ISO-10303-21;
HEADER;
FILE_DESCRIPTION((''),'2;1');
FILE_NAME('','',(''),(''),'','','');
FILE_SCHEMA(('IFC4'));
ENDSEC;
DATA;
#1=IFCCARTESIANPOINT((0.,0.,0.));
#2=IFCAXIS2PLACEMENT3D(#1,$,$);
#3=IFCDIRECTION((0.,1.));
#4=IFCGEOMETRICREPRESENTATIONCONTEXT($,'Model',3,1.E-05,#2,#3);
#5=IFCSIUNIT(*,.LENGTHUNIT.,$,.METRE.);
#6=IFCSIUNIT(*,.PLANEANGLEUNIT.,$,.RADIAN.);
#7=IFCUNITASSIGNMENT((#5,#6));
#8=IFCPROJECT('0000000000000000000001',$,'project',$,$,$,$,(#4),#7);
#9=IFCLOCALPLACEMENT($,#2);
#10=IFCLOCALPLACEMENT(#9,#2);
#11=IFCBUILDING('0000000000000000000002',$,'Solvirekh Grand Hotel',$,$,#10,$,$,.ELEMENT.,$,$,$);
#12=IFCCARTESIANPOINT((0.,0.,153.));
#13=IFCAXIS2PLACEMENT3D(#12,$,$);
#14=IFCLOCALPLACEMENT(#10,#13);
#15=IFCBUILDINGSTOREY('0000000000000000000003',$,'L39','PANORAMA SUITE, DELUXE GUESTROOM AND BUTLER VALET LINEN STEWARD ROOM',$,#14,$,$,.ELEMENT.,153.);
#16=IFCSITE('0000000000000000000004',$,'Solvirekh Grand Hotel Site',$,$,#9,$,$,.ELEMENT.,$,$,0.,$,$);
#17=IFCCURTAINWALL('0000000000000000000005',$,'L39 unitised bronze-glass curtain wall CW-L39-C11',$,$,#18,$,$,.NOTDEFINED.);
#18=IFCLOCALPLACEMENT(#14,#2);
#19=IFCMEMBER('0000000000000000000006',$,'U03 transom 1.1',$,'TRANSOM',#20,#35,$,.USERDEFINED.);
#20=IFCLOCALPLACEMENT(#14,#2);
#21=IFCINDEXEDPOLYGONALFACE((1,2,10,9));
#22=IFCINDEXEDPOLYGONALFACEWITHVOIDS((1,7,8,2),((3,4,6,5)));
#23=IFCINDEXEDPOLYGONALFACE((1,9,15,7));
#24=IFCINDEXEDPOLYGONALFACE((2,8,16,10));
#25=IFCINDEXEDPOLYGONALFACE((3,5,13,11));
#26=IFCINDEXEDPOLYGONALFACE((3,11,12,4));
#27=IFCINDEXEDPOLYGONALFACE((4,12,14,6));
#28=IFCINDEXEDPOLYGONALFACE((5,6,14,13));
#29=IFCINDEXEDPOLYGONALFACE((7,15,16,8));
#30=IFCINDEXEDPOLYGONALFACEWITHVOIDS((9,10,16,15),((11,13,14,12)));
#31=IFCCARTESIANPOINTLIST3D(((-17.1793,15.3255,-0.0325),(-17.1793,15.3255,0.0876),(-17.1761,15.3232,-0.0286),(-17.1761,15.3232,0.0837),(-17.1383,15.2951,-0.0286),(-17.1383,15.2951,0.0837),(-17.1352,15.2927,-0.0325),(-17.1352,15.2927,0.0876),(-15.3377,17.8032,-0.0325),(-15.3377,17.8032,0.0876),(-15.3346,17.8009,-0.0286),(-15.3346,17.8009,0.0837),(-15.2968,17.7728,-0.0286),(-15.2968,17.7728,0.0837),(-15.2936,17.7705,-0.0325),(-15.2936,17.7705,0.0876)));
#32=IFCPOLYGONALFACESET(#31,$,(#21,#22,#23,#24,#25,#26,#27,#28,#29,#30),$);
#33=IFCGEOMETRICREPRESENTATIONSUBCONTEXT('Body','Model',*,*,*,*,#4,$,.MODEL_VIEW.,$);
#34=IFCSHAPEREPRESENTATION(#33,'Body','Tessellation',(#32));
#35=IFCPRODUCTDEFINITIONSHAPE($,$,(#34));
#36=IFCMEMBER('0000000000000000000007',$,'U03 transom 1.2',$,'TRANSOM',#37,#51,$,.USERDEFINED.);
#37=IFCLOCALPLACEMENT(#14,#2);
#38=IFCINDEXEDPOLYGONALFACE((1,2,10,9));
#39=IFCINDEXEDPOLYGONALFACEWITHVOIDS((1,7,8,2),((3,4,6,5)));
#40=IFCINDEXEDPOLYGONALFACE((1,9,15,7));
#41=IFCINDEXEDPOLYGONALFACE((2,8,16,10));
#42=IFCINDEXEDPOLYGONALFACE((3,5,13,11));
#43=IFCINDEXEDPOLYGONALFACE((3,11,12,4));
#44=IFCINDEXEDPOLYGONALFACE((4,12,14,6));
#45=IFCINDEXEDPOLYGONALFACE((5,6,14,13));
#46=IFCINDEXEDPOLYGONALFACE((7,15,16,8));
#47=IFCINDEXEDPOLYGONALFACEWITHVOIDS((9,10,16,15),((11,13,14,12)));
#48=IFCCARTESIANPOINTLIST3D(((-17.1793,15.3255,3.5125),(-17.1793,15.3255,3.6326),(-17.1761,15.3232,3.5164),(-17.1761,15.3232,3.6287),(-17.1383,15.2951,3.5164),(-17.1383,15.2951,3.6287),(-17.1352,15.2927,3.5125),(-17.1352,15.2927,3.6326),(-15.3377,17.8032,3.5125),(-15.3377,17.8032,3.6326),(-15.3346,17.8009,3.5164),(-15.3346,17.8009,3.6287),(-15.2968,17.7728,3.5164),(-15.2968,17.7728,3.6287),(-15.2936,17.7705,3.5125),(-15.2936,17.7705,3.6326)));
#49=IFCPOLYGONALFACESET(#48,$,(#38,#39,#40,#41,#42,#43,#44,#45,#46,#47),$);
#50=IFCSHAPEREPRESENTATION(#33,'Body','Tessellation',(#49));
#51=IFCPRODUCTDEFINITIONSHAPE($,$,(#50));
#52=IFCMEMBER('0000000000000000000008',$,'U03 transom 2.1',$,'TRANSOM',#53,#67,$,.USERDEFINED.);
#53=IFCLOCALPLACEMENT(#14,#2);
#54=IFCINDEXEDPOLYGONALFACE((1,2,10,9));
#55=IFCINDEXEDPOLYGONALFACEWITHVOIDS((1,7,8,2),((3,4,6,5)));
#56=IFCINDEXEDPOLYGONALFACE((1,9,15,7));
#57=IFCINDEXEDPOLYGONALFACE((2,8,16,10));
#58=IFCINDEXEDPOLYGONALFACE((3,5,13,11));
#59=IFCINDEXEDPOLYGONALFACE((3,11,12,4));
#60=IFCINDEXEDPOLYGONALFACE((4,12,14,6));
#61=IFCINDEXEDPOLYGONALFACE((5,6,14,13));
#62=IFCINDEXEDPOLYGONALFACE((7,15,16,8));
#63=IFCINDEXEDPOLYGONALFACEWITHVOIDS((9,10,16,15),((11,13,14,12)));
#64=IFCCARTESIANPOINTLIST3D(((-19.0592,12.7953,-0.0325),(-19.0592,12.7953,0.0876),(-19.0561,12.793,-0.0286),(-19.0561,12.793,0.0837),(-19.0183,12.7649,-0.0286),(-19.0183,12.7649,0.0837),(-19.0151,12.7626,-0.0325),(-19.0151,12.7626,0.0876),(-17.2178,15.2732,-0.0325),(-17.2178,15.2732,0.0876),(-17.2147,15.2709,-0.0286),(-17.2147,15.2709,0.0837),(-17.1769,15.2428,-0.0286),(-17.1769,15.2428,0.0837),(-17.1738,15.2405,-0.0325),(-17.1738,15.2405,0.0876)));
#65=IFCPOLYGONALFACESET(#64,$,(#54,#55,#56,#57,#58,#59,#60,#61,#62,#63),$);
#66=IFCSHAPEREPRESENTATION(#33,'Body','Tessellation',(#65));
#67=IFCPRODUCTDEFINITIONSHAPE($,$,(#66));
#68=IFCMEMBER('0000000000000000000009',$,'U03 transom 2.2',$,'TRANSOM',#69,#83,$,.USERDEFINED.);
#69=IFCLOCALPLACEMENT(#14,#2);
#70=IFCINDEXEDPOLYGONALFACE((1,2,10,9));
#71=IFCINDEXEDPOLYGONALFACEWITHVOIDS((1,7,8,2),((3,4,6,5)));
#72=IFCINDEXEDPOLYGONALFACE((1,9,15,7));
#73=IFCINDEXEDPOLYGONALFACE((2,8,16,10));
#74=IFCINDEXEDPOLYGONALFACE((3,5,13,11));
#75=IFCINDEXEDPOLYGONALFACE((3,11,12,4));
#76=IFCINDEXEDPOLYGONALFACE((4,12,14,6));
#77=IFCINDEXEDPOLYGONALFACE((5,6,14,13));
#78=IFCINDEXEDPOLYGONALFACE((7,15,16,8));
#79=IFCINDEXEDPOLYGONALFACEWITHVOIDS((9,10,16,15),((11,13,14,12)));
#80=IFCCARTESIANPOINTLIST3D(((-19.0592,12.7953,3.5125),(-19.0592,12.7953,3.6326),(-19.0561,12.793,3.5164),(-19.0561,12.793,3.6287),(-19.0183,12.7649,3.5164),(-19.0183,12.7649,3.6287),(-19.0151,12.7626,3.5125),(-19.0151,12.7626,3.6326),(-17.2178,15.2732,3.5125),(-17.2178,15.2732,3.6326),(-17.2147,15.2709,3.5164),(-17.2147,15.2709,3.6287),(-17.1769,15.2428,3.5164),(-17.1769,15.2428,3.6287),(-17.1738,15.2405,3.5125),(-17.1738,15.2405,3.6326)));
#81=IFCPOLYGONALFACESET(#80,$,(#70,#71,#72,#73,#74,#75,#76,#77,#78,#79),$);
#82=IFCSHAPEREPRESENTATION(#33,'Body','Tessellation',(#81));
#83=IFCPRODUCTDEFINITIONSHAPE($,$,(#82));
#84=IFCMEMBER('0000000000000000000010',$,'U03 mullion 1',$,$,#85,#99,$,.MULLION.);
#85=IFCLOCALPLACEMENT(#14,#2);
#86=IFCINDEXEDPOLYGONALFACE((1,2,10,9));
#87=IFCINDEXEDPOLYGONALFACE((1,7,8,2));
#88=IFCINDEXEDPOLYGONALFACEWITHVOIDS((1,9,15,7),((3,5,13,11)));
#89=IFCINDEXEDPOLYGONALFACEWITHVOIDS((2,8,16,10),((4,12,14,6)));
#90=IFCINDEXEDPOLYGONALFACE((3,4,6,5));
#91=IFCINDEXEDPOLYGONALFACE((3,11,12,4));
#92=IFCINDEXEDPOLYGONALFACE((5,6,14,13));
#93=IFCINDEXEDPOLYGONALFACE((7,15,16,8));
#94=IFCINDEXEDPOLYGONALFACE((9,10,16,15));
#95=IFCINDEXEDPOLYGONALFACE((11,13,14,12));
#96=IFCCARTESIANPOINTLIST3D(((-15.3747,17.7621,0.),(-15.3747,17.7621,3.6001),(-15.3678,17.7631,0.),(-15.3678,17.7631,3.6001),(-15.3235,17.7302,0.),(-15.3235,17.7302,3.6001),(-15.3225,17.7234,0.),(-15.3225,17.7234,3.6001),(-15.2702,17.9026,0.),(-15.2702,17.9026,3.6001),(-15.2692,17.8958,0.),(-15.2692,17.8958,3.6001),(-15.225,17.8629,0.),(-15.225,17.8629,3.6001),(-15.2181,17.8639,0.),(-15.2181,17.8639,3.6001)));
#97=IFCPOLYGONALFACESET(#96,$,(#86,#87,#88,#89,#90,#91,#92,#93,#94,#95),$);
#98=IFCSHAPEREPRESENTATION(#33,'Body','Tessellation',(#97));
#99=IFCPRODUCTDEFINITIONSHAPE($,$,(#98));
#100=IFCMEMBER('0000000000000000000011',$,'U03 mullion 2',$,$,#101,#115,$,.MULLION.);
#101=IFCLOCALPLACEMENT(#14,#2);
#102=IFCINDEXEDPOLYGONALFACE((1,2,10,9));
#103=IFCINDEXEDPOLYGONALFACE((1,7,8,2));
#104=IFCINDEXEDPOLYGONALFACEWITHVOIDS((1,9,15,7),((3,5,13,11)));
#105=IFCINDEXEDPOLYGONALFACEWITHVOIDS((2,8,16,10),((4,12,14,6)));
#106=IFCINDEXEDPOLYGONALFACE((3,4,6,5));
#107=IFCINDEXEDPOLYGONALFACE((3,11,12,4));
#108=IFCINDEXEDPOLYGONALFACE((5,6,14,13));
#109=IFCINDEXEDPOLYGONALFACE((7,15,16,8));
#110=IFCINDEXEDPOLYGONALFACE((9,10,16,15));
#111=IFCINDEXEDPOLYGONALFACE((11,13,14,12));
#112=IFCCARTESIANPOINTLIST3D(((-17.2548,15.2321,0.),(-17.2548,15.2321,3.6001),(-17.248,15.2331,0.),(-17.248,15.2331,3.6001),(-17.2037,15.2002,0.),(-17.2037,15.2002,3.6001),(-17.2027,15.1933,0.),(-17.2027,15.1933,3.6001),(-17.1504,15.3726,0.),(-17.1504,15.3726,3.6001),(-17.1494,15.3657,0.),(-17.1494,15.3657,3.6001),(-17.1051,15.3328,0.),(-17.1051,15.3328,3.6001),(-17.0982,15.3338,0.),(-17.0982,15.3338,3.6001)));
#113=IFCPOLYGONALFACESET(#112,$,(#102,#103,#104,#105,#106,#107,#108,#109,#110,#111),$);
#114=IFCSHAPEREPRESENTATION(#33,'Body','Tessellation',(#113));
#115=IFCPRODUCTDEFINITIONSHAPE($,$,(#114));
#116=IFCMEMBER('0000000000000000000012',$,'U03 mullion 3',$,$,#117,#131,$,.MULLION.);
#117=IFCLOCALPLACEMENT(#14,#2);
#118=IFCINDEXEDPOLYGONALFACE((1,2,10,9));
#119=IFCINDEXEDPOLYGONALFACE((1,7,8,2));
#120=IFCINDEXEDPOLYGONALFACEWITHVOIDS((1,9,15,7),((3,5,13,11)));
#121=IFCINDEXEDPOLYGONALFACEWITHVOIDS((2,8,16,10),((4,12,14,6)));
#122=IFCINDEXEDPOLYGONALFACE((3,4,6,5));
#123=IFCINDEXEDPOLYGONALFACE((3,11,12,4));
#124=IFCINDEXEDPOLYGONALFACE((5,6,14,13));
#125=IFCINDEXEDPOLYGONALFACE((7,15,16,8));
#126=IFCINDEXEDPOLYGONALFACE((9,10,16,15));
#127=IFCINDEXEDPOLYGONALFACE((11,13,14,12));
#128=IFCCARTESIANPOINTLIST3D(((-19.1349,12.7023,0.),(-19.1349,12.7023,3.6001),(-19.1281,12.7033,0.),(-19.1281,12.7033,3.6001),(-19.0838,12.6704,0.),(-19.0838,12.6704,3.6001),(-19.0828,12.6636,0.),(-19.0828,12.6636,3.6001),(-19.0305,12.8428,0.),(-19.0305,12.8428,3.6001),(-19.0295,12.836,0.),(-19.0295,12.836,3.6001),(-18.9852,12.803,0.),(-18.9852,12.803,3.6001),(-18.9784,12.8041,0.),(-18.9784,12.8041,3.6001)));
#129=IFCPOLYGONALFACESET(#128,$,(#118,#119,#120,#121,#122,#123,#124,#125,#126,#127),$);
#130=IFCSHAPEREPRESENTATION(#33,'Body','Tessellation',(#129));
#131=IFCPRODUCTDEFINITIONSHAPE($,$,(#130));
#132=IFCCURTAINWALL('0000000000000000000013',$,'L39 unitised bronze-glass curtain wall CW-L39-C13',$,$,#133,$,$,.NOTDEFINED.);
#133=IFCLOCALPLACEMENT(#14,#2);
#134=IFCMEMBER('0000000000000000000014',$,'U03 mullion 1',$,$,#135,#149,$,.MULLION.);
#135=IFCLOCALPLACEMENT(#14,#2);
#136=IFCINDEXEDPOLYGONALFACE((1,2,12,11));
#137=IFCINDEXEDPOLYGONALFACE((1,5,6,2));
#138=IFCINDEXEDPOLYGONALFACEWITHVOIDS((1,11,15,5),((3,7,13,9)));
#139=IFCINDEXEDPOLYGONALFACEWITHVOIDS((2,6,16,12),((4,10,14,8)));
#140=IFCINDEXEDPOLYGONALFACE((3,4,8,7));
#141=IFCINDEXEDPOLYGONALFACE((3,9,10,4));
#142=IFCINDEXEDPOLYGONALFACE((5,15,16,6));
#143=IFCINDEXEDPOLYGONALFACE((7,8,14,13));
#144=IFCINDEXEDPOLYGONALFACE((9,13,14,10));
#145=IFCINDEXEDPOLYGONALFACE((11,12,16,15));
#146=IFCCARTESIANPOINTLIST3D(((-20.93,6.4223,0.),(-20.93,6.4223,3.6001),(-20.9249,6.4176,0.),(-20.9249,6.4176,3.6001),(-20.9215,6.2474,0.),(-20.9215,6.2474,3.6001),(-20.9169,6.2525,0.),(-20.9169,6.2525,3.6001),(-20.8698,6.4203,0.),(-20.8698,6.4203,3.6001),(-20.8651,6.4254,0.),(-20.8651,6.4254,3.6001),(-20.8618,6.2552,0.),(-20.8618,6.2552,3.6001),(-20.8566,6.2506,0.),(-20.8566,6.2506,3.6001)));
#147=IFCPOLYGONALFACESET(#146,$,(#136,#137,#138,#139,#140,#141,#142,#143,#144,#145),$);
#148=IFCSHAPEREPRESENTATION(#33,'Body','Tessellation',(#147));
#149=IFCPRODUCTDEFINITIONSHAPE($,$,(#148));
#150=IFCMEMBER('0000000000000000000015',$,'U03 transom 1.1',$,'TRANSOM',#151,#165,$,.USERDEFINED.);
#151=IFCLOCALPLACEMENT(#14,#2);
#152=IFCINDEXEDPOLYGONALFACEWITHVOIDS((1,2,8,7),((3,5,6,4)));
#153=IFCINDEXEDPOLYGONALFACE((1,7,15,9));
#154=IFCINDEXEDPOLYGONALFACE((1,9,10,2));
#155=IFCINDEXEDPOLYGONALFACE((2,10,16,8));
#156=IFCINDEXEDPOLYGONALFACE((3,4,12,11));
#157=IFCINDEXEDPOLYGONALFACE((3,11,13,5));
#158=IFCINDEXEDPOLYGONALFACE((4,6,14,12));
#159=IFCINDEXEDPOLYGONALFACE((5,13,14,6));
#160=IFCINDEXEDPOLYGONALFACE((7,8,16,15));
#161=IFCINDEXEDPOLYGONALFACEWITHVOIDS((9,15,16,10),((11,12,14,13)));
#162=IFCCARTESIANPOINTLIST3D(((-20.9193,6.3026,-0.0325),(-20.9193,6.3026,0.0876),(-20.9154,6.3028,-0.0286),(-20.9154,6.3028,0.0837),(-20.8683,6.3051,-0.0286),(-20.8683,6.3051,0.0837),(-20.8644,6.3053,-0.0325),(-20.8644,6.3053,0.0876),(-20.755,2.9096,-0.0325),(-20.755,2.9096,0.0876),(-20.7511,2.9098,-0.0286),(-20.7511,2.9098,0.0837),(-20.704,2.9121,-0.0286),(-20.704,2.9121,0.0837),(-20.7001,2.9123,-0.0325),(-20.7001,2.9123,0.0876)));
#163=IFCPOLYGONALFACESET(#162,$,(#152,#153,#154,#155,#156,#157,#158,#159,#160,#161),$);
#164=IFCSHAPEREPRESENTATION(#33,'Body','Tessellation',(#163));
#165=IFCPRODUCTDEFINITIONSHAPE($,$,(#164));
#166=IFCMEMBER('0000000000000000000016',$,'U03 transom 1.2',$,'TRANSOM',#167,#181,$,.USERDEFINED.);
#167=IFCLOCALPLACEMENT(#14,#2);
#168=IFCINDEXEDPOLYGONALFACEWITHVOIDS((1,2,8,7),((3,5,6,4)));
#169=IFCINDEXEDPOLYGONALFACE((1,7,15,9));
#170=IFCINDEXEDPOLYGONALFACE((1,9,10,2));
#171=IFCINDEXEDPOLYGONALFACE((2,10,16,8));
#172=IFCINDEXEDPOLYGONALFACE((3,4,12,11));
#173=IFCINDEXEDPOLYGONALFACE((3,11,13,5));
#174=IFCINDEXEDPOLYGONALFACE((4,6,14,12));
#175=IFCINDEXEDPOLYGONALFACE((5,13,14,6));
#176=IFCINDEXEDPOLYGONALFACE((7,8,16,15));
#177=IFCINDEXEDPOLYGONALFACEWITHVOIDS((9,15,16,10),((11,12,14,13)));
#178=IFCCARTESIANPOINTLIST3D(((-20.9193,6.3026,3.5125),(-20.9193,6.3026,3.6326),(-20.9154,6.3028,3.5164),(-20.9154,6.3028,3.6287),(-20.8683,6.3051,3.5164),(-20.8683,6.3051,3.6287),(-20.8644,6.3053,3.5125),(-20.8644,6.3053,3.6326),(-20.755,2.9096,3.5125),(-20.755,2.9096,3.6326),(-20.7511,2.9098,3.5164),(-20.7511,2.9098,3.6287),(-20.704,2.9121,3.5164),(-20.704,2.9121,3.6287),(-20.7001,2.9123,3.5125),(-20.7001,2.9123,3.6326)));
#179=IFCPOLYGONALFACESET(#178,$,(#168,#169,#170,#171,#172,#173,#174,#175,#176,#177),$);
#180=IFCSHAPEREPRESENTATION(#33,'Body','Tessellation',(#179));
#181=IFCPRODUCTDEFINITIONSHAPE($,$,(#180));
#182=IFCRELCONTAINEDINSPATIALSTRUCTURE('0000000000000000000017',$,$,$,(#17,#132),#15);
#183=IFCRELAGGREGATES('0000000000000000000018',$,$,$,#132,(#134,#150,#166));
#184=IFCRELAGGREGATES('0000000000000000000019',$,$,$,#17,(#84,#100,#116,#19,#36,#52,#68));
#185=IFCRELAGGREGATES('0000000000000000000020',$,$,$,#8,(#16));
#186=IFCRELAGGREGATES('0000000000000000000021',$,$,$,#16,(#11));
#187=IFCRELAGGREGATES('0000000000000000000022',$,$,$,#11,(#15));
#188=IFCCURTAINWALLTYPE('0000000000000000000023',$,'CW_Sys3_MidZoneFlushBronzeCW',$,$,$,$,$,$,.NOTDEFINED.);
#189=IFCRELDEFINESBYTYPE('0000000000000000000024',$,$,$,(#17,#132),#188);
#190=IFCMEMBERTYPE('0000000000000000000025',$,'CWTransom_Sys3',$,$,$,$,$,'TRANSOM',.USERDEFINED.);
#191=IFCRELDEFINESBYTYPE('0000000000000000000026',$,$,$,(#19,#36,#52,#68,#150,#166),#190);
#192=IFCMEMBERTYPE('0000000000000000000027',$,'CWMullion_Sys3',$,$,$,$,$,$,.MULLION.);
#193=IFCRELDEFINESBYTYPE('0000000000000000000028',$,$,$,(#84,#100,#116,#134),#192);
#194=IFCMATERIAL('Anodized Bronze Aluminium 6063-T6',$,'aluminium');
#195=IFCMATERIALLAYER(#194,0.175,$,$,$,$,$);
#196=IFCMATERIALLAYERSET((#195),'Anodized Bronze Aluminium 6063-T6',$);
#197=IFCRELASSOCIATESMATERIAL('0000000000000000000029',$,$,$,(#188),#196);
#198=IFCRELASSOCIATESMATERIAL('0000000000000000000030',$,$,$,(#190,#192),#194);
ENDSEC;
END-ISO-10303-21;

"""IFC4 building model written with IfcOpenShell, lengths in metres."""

from ifc_helpers import new_model, si_unit, direction, frame, origin, origin_2d, place, context, subcontext, project, spatial, hollow_rectangle, extrude, source, transform, mapped, material, layer, layer_set, material_profile, profile_set, type_object, element, aggregate, save


model = new_model("IFC4")

# Units and contexts
model_context = context("Model", 3, precision=1e-05, world=origin(), true_north=direction((0.0, 1.0)))
body_context = subcontext(model_context, "Body", "Model", "MODEL_VIEW")
ifc_project = project(units=[si_unit("LENGTHUNIT", "METRE"), si_unit("PLANEANGLEUNIT", "RADIAN")], contexts=[model_context])

# Site, building, storey
site_placement = place(None, origin())
site = spatial("IfcSite", under=ifc_project, at=site_placement, Name="Solvirekh Grand Hotel Site", CompositionType="ELEMENT", RefElevation=0.0)
building_placement = place(site_placement, origin())
building = spatial("IfcBuilding", under=site, at=building_placement, Name="Solvirekh Grand Hotel", CompositionType="ELEMENT")
storey_placement = place(building_placement, frame((0.0, 0.0, 153.0)))
storey = spatial("IfcBuildingStorey", under=building, at=storey_placement, Name="L39", Description="PANORAMA SUITE, DELUXE GUESTROOM AND BUTLER VALET LINEN STEWARD ROOM", CompositionType="ELEMENT", Elevation=153.0)

# Curtain walls, members
ifc_material_1 = material(Name="Anodized Bronze Aluminium 6063-T6", Category="aluminium")
ifc_layer_1 = layer(ifc_material_1, 0.175)
ifc_layer_set_1 = layer_set([ifc_layer_1], Name="Anodized Bronze Aluminium 6063-T6")
curtain_wall_type = type_object("IfcCurtainWallType", Name="CW_Sys3_MidZoneFlushBronzeCW", PredefinedType="NOTDEFINED", material=ifc_layer_set_1)
curtain_wall_1_placement = place(storey_placement, origin())
curtain_wall_1 = element("IfcCurtainWall", 1, at=curtain_wall_1_placement, inside=storey, type_object=curtain_wall_type, Name="L39 unitised bronze-glass curtain wall CW-L39-C11", PredefinedType="NOTDEFINED")
ifc_material_profile_1 = material_profile(ifc_material_1, hollow_rectangle(XDim=0.0549, YDim=0.1201, WallThickness=0.0039, at=origin_2d()), Name="ALU RHS 120X55X4")
ifc_profile_set_1 = profile_set([ifc_material_profile_1], Name="Anodized Bronze Aluminium 6063-T6")
member_type_1 = type_object("IfcMemberType", Name="CWTransom_Sys3", ElementType="TRANSOM", PredefinedType="USERDEFINED", material=ifc_profile_set_1)
shared_shape_1 = source(origin(), body_context, "Body", "SweptSolid", [
    extrude(hollow_rectangle(XDim=0.0549, YDim=0.1201, WallThickness=0.0039, at=origin_2d()), origin(), (0.0, 0.0, 1.0), 3.0872),
])
member_1_placement = place(storey_placement, frame((-15.3157, 17.7869, 0.0276), z_axis=(-0.596515, -0.802602, 0.0), x_axis=(0.802602, -0.596515, 0.0)))
member_1 = element("IfcMember", 2, at=member_1_placement, type_object=member_type_1, Name="U03 transom 1.1", ObjectType="TRANSOM", PredefinedType="USERDEFINED", context=body_context, shape_type="MappedRepresentation", body=[
    mapped(shared_shape_1, transform((0.0, 0.0, 0.0), x_axis=(1.0, 0.0, 0.0), y_axis=(0.0, 1.0, 0.0), z_axis=(0.0, 0.0, 1.0), scale=1.0)),
])
member_2_placement = place(storey_placement, frame((-15.3157, 17.7869, 3.5725), z_axis=(-0.596515, -0.802602, 0.0), x_axis=(0.802602, -0.596515, 0.0)))
member_2 = element("IfcMember", 3, at=member_2_placement, type_object=member_type_1, Name="U03 transom 1.2", ObjectType="TRANSOM", PredefinedType="USERDEFINED", context=body_context, shape_type="MappedRepresentation", body=[
    mapped(shared_shape_1, transform((0.0, 0.0, 0.0), x_axis=(1.0, 0.0, 0.0), y_axis=(0.0, 1.0, 0.0), z_axis=(0.0, 0.0, 1.0), scale=1.0)),
])
member_3_placement = place(storey_placement, frame((-17.1958, 15.2568, 0.0276), z_axis=(-0.596464, -0.80264, 0.0), x_axis=(0.80264, -0.596464, 0.0)))
member_3 = element("IfcMember", 4, at=member_3_placement, type_object=member_type_1, Name="U03 transom 2.1", ObjectType="TRANSOM", PredefinedType="USERDEFINED", context=body_context, shape_type="MappedRepresentation", body=[
    mapped(shared_shape_1, transform((0.0, 0.0, 0.0), x_axis=(1.0, 0.0, 0.0), y_axis=(0.0, 1.0, 0.0), z_axis=(0.0, 0.0, 1.0), scale=1.0)),
])
member_4_placement = place(storey_placement, frame((-17.1958, 15.2568, 3.5725), z_axis=(-0.596464, -0.80264, 0.0), x_axis=(0.80264, -0.596464, 0.0)))
member_4 = element("IfcMember", 5, at=member_4_placement, type_object=member_type_1, Name="U03 transom 2.2", ObjectType="TRANSOM", PredefinedType="USERDEFINED", context=body_context, shape_type="MappedRepresentation", body=[
    mapped(shared_shape_1, transform((0.0, 0.0, 0.0), x_axis=(1.0, 0.0, 0.0), y_axis=(0.0, 1.0, 0.0), z_axis=(0.0, 0.0, 1.0), scale=1.0)),
])
ifc_material_profile_2 = material_profile(ifc_material_1, hollow_rectangle(XDim=0.0649, YDim=0.175, WallThickness=0.0049, at=origin_2d()), Name="ALU RHS 175X65X5")
ifc_profile_set_2 = profile_set([ifc_material_profile_2], Name="Anodized Bronze Aluminium 6063-T6")
member_type_2 = type_object("IfcMemberType", Name="CWMullion_Sys3", PredefinedType="MULLION", material=ifc_profile_set_2)
shared_shape_2 = source(origin(), body_context, "Body", "SweptSolid", [
    extrude(hollow_rectangle(XDim=0.0649, YDim=0.175, WallThickness=0.0049, at=origin_2d()), origin(), (0.0, 0.0, 1.0), 3.6001),
])
member_5_placement = place(storey_placement, frame((-15.2964, 17.813, 0.0), z_axis=(0.0, 0.0, 1.0), x_axis=(0.80263, -0.596477, 0.0)))
member_5 = element("IfcMember", 6, at=member_5_placement, type_object=member_type_2, Name="U03 mullion 1", PredefinedType="MULLION", context=body_context, shape_type="MappedRepresentation", body=[
    mapped(shared_shape_2, transform((0.0, 0.0, 0.0), x_axis=(1.0, 0.0, 0.0), y_axis=(0.0, 1.0, 0.0), z_axis=(0.0, 0.0, 1.0), scale=1.0)),
])
member_6_placement = place(storey_placement, frame((-17.1765, 15.283, 0.0), z_axis=(0.0, 0.0, 1.0), x_axis=(0.80263, -0.596477, 0.0)))
member_6 = element("IfcMember", 7, at=member_6_placement, type_object=member_type_2, Name="U03 mullion 2", PredefinedType="MULLION", context=body_context, shape_type="MappedRepresentation", body=[
    mapped(shared_shape_2, transform((0.0, 0.0, 0.0), x_axis=(1.0, 0.0, 0.0), y_axis=(0.0, 1.0, 0.0), z_axis=(0.0, 0.0, 1.0), scale=1.0)),
])
member_7_placement = place(storey_placement, frame((-19.0566, 12.7532, 0.0), z_axis=(0.0, 0.0, 1.0), x_axis=(0.80263, -0.596477, 0.0)))
member_7 = element("IfcMember", 8, at=member_7_placement, type_object=member_type_2, Name="U03 mullion 3", PredefinedType="MULLION", context=body_context, shape_type="MappedRepresentation", body=[
    mapped(shared_shape_2, transform((0.0, 0.0, 0.0), x_axis=(1.0, 0.0, 0.0), y_axis=(0.0, 1.0, 0.0), z_axis=(0.0, 0.0, 1.0), scale=1.0)),
])
curtain_wall_2_placement = place(storey_placement, origin())
curtain_wall_2 = element("IfcCurtainWall", 9, at=curtain_wall_2_placement, inside=storey, type_object=curtain_wall_type, Name="L39 unitised bronze-glass curtain wall CW-L39-C13", PredefinedType="NOTDEFINED")
member_8_placement = place(storey_placement, frame((-20.8933, 6.3364, 0.0), z_axis=(0.0, 0.0, 1.0), x_axis=(0.99883, 0.04836, 0.0)))
member_8 = element("IfcMember", 10, at=member_8_placement, type_object=member_type_2, Name="U03 mullion 1", PredefinedType="MULLION", context=body_context, shape_type="MappedRepresentation", body=[
    mapped(shared_shape_2, transform((0.0, 0.0, 0.0), x_axis=(1.0, 0.0, 0.0), y_axis=(0.0, 1.0, 0.0), z_axis=(0.0, 0.0, 1.0), scale=1.0)),
])
shared_shape_3 = source(origin(), body_context, "Body", "SweptSolid", [
    extrude(hollow_rectangle(XDim=0.0549, YDim=0.1201, WallThickness=0.0039, at=origin_2d()), origin(), (0.0, 0.0, 1.0), 3.397),
])
member_9_placement = place(storey_placement, frame((-20.8918, 6.304, 0.0276), z_axis=(0.048368, -0.99883, 0.0), x_axis=(0.99883, 0.048368, 0.0)))
member_9 = element("IfcMember", 11, at=member_9_placement, type_object=member_type_1, Name="U03 transom 1.1", ObjectType="TRANSOM", PredefinedType="USERDEFINED", context=body_context, shape_type="MappedRepresentation", body=[
    mapped(shared_shape_3, transform((0.0, 0.0, 0.0), x_axis=(1.0, 0.0, 0.0), y_axis=(0.0, 1.0, 0.0), z_axis=(0.0, 0.0, 1.0), scale=1.0)),
])
member_10_placement = place(storey_placement, frame((-20.8918, 6.304, 3.5725), z_axis=(0.048368, -0.99883, 0.0), x_axis=(0.99883, 0.048368, 0.0)))
member_10 = element("IfcMember", 12, at=member_10_placement, type_object=member_type_1, Name="U03 transom 1.2", ObjectType="TRANSOM", PredefinedType="USERDEFINED", context=body_context, shape_type="MappedRepresentation", body=[
    mapped(shared_shape_3, transform((0.0, 0.0, 0.0), x_axis=(1.0, 0.0, 0.0), y_axis=(0.0, 1.0, 0.0), z_axis=(0.0, 0.0, 1.0), scale=1.0)),
])
aggregate(curtain_wall_2, [member_8, member_9, member_10])

aggregate(curtain_wall_1, [member_5, member_6, member_7, member_1, member_2, member_3, member_4])

save(model, "model.ifc")
